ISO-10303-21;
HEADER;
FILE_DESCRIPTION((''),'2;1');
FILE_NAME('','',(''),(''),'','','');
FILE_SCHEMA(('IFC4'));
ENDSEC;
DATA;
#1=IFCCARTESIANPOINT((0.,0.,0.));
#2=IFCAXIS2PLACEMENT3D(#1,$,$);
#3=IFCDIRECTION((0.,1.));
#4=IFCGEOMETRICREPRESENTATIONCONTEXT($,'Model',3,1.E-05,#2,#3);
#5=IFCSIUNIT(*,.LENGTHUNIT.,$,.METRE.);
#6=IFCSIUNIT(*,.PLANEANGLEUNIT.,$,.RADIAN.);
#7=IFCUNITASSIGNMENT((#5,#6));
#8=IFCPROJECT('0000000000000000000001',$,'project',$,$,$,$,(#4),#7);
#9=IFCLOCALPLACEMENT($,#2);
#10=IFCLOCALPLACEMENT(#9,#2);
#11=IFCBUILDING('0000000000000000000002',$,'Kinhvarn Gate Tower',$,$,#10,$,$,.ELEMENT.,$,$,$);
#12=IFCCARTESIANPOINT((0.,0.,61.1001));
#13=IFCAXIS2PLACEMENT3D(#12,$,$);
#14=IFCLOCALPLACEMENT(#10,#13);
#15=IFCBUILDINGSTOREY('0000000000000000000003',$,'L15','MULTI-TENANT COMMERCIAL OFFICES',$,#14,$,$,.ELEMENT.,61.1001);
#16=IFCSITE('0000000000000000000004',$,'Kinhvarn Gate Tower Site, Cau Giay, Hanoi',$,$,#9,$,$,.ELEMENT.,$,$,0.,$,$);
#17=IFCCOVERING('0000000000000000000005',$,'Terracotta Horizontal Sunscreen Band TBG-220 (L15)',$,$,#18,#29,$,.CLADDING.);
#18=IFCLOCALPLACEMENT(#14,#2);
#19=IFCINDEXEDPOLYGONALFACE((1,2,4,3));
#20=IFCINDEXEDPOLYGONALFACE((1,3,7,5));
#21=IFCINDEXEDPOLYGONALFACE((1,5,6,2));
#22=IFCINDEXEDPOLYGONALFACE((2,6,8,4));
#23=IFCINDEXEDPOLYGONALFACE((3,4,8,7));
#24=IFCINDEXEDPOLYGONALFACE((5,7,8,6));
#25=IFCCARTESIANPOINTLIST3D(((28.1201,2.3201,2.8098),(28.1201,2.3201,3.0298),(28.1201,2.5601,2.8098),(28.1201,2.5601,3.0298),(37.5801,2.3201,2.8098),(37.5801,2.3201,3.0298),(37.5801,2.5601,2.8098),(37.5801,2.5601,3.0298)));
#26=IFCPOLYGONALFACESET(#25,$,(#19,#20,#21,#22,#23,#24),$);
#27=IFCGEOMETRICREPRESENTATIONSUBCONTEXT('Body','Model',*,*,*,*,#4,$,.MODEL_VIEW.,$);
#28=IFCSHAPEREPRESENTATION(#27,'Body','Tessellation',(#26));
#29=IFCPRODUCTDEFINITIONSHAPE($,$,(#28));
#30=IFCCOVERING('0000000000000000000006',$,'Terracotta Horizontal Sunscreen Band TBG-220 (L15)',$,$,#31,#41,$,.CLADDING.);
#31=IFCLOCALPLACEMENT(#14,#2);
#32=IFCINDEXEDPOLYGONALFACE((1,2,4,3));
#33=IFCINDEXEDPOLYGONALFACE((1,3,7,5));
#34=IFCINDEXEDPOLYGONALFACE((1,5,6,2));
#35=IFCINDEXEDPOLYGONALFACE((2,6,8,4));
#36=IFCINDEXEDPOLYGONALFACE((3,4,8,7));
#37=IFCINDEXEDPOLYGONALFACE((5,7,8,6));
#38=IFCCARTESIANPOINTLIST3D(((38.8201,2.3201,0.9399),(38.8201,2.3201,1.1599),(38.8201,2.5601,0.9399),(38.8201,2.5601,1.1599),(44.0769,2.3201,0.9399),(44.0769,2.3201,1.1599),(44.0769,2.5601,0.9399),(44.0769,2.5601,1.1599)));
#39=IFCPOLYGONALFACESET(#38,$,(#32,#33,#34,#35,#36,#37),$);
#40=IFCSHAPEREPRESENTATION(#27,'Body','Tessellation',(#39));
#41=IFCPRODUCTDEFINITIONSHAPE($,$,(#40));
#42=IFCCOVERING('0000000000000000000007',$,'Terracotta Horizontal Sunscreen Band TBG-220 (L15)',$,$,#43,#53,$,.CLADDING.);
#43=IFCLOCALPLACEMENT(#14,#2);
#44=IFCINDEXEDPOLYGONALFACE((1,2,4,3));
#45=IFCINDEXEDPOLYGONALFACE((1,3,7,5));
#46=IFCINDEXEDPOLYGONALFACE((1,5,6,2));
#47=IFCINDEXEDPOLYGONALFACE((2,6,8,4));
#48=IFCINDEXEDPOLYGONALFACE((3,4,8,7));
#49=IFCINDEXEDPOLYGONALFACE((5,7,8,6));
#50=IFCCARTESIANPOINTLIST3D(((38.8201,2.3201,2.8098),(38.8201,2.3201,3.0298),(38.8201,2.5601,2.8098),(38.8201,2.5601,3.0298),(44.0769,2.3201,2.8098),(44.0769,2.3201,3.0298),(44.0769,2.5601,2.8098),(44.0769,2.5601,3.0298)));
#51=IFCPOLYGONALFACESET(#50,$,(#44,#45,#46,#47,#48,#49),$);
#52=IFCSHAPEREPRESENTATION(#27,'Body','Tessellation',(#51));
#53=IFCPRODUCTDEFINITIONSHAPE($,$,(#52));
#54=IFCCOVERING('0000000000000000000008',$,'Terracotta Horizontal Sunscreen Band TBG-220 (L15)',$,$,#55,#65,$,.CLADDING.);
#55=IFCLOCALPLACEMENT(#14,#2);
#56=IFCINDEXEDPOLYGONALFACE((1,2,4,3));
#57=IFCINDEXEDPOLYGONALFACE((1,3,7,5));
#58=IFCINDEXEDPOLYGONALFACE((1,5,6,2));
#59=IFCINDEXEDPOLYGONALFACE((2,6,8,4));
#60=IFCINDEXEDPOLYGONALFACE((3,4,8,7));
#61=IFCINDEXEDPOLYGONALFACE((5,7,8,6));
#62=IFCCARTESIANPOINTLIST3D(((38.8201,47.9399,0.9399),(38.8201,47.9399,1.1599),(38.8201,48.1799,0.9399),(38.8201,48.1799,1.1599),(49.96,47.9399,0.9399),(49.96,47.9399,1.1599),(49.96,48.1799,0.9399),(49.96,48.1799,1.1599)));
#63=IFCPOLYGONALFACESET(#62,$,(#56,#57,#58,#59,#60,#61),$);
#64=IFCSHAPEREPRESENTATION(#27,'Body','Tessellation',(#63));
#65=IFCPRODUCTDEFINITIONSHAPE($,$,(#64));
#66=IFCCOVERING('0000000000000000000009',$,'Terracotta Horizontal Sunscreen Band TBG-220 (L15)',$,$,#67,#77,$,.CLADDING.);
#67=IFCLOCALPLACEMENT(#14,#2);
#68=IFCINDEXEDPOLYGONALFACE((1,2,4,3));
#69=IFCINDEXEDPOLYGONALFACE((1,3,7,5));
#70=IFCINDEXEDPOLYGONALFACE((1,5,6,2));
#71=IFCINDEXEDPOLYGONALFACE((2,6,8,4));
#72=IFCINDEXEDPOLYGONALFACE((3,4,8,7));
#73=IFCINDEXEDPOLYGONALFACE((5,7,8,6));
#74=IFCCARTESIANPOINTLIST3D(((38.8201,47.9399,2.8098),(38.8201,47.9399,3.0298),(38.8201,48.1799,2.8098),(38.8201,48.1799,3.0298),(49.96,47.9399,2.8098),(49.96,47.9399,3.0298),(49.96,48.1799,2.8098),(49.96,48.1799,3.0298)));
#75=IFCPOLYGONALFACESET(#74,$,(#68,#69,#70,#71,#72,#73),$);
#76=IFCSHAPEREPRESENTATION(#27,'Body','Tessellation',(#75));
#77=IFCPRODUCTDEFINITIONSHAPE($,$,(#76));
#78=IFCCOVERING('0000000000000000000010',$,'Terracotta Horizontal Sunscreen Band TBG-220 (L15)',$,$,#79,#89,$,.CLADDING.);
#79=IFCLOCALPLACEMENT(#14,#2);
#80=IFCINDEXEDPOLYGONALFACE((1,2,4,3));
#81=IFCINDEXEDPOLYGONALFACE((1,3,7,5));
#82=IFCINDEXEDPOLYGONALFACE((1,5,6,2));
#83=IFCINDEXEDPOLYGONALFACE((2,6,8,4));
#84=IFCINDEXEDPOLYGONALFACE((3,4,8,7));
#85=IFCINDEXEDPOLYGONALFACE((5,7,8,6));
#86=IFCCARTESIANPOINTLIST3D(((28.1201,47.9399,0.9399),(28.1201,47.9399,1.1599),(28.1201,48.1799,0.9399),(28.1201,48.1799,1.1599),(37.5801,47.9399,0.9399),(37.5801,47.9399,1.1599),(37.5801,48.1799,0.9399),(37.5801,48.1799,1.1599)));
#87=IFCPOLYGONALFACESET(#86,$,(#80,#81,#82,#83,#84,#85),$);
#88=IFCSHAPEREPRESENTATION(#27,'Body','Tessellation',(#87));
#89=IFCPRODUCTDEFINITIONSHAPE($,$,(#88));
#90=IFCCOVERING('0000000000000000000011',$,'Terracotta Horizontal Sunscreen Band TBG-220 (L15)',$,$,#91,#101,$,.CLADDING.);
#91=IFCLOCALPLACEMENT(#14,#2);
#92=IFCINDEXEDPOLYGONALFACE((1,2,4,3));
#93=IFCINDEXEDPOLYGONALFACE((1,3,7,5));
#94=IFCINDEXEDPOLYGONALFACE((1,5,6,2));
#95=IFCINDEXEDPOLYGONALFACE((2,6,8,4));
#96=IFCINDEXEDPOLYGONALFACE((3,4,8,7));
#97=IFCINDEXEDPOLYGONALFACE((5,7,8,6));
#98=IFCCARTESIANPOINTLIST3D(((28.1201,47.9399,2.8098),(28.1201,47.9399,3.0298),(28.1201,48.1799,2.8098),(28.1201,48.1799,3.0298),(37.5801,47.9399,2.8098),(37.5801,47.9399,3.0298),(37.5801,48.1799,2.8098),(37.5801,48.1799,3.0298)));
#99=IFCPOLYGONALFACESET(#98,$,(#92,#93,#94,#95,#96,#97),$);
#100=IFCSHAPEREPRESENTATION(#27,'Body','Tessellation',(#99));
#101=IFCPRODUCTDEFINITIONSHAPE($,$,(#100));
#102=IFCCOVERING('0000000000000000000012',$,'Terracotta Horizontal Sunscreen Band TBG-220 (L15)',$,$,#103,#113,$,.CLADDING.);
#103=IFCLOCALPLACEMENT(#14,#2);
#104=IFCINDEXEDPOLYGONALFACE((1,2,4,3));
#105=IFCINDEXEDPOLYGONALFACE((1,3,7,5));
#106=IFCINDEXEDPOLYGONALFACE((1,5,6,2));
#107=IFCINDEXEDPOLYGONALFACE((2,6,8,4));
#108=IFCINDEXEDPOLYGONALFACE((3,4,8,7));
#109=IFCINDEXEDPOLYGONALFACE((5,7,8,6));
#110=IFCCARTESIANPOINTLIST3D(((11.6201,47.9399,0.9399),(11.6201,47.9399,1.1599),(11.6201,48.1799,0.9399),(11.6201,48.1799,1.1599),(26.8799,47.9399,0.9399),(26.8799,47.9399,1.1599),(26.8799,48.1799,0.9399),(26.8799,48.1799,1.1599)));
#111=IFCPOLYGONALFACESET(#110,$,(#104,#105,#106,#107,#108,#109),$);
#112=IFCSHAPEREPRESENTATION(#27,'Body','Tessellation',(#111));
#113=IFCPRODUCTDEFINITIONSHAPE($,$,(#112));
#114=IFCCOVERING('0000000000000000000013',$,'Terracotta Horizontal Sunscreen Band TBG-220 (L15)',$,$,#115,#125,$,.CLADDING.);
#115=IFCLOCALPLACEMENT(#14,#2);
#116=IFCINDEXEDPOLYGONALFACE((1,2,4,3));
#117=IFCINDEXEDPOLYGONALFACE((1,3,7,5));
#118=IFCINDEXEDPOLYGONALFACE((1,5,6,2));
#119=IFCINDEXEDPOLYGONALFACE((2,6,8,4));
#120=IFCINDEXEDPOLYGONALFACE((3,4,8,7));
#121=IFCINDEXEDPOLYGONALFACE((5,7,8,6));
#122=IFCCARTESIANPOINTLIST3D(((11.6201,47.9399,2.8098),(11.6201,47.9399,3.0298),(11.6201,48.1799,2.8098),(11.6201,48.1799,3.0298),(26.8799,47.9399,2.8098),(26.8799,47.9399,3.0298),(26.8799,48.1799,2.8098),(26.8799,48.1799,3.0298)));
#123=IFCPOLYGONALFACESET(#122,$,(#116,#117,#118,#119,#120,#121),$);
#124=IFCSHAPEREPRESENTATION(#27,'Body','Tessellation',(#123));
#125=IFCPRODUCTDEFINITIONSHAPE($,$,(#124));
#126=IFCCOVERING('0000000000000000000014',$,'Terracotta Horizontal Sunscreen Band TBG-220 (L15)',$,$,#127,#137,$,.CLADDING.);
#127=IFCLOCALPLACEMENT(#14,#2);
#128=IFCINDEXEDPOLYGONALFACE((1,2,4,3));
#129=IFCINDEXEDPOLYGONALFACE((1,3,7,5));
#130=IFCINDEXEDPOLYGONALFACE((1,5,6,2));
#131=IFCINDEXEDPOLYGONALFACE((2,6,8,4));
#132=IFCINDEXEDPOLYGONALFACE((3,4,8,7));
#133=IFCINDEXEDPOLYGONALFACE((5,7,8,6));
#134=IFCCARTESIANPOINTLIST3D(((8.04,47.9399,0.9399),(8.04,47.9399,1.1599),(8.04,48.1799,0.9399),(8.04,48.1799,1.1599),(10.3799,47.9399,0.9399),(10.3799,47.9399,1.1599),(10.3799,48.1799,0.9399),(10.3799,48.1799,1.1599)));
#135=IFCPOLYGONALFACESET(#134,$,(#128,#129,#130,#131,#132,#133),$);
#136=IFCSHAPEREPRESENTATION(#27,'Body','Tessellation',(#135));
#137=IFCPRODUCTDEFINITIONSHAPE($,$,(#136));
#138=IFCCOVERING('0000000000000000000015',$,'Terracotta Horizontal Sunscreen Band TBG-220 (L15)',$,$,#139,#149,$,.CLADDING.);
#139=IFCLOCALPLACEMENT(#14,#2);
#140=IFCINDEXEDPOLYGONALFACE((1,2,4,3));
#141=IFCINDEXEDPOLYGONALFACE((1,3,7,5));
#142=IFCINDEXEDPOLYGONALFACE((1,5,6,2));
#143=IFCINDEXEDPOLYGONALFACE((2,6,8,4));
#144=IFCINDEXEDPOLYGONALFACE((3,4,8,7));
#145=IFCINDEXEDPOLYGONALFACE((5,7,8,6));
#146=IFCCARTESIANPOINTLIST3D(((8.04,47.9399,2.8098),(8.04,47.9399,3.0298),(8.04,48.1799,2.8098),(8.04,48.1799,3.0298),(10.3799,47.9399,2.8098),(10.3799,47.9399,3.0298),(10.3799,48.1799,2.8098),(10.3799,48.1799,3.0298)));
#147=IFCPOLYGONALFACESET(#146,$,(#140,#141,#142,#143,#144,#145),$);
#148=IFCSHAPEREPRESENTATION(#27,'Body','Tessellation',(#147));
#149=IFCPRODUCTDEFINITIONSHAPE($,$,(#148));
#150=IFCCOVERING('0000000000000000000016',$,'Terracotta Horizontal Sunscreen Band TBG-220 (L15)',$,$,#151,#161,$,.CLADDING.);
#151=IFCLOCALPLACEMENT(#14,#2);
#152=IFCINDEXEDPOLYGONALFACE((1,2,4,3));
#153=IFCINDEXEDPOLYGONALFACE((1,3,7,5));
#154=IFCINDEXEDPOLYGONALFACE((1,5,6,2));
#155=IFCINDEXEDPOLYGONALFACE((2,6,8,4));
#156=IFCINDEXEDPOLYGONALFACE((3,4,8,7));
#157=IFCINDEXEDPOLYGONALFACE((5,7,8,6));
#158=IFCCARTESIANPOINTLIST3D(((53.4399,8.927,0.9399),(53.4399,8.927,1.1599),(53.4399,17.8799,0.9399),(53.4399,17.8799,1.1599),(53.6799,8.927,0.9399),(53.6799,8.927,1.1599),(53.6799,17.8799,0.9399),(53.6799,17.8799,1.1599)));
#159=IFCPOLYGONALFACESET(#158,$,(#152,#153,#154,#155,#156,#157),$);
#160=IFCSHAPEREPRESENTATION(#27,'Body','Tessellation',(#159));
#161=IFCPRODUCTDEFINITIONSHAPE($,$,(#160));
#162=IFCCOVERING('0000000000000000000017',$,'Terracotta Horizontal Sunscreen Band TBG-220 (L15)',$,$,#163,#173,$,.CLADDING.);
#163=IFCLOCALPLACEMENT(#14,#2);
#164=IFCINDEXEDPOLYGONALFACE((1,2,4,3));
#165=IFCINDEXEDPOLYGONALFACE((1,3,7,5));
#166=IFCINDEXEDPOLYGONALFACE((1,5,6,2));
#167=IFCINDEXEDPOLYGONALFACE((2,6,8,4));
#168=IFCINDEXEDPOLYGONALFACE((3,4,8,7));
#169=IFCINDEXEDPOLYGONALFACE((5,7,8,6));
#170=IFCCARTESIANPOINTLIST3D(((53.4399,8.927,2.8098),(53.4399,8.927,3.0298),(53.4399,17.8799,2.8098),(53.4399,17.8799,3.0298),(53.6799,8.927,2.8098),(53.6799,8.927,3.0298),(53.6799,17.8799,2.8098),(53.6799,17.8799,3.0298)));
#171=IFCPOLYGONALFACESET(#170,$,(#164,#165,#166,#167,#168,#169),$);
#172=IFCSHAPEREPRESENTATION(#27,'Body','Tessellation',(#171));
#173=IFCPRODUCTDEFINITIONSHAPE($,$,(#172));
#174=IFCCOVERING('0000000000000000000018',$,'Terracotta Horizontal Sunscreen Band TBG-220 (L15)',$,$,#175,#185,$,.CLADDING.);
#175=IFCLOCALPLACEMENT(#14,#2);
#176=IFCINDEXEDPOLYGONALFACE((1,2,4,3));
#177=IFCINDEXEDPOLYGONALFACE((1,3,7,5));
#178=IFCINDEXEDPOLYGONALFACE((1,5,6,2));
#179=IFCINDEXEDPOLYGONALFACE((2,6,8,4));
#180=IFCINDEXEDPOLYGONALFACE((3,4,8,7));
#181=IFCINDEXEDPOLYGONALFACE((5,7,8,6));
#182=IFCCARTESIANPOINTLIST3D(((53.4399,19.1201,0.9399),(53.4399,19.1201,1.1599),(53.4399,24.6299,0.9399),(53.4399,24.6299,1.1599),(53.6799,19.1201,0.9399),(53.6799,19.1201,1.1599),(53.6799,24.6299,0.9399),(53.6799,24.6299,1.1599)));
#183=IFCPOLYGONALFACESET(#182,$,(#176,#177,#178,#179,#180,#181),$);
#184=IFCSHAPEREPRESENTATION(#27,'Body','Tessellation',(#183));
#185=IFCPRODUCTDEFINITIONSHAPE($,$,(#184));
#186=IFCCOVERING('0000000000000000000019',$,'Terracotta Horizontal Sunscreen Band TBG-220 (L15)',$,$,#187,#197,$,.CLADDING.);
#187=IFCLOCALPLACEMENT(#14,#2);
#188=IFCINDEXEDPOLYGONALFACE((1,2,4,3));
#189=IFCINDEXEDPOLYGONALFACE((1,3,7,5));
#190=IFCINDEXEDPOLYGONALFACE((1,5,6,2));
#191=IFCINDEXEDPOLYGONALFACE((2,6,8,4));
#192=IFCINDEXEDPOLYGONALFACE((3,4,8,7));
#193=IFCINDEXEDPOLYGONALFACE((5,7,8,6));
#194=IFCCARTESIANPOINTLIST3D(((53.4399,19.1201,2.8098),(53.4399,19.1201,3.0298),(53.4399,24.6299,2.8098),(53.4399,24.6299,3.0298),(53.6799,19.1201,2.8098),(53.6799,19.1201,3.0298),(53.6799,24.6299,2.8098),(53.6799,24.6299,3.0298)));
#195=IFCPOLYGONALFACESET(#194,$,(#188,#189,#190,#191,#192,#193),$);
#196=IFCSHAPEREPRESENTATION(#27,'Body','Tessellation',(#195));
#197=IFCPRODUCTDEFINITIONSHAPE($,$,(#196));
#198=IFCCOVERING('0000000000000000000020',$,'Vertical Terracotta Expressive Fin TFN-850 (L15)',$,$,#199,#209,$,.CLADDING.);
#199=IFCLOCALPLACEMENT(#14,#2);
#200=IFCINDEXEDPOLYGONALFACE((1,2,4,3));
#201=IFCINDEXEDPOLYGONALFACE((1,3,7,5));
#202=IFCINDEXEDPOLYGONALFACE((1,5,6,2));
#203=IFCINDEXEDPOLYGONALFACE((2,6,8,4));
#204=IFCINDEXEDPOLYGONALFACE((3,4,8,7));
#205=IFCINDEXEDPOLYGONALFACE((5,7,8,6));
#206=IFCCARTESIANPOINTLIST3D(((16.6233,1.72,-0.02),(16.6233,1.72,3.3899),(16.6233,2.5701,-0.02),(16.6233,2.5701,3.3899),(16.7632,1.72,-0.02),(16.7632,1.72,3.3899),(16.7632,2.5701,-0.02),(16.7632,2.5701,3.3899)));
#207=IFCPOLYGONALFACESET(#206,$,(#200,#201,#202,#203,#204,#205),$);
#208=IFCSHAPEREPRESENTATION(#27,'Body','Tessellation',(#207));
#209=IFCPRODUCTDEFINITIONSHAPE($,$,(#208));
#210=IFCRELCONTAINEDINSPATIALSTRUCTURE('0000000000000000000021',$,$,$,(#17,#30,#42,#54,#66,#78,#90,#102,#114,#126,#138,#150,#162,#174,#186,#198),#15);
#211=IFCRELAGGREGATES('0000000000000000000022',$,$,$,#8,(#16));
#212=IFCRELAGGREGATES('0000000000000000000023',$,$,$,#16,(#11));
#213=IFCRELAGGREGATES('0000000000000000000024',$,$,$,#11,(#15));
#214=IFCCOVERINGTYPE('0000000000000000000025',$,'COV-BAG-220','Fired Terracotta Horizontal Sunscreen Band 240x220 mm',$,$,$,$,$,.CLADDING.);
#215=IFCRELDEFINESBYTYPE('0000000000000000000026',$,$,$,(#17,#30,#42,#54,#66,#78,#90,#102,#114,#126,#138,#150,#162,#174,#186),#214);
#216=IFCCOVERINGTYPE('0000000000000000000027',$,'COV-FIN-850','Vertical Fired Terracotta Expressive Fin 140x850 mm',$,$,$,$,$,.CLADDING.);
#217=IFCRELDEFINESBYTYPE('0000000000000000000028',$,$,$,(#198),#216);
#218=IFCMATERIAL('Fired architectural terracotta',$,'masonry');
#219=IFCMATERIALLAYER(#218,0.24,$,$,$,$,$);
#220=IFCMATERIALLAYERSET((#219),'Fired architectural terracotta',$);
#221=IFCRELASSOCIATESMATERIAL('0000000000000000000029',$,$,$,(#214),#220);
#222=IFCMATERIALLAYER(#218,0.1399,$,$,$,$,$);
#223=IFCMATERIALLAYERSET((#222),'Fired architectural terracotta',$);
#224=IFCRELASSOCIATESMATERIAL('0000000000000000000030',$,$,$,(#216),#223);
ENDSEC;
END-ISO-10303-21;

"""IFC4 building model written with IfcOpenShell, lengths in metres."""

from ifc_helpers import new_model, si_unit, direction, frame, origin, place, context, subcontext, project, spatial, polyline, outline, extrude, material, layer, layer_set, type_object, element, save


model = new_model("IFC4")

# Units and contexts
model_context = context("Model", 3, precision=1e-05, world=origin(), true_north=direction((0.0, 1.0)))
body_context = subcontext(model_context, "Body", "Model", "MODEL_VIEW")
ifc_project = project(units=[si_unit("LENGTHUNIT", "METRE"), si_unit("PLANEANGLEUNIT", "RADIAN")], contexts=[model_context])

# Site, building, storey
site_placement = place(None, origin())
site = spatial("IfcSite", under=ifc_project, at=site_placement, Name="Kinhvarn Gate Tower Site, Cau Giay, Hanoi", CompositionType="ELEMENT", RefElevation=0.0)
building_placement = place(site_placement, origin())
building = spatial("IfcBuilding", under=site, at=building_placement, Name="Kinhvarn Gate Tower", CompositionType="ELEMENT")
storey_placement = place(building_placement, frame((0.0, 0.0, 61.1001)))
storey = spatial("IfcBuildingStorey", under=building, at=storey_placement, Name="L15", Description="MULTI-TENANT COMMERCIAL OFFICES", CompositionType="ELEMENT", Elevation=61.1001)

# Coverings
ifc_material_1 = material(Name="Fired architectural terracotta", Category="masonry")
ifc_layer_1 = layer(ifc_material_1, 0.24)
ifc_layer_set_1 = layer_set([ifc_layer_1], Name="Fired architectural terracotta")
covering_type_1 = type_object("IfcCoveringType", Name="COV-BAG-220", Description="Fired Terracotta Horizontal Sunscreen Band 240x220 mm", PredefinedType="CLADDING", material=ifc_layer_set_1)
for number, where, name in (
    (1, (0.0, 0.0, 2.8098), "Terracotta Horizontal Sunscreen Band TBG-220 (L15)"),
):
    element("IfcCovering", number, at=place(storey_placement, frame(where)), inside=storey, type_object=covering_type_1, Name=name, PredefinedType="CLADDING", context=body_context, shape_type="SweptSolid", body=[
        extrude(outline(polyline([(28.1201, 2.5601), (37.5801, 2.5601), (37.5801, 2.3201), (28.1201, 2.3201), (28.1201, 2.5601)])), origin(), (0.0, 0.0, 1.0), 0.22),
    ])
for number, where, name in (
    (2, (0.0, 0.0, 0.9399), "Terracotta Horizontal Sunscreen Band TBG-220 (L15)"),
    (3, (0.0, 0.0, 2.8098), "Terracotta Horizontal Sunscreen Band TBG-220 (L15)"),
):
    element("IfcCovering", number, at=place(storey_placement, frame(where)), inside=storey, type_object=covering_type_1, Name=name, PredefinedType="CLADDING", context=body_context, shape_type="SweptSolid", body=[
        extrude(outline(polyline([(38.8201, 2.5601), (44.0769, 2.5601), (44.0769, 2.3201), (38.8201, 2.3201), (38.8201, 2.5601)])), origin(), (0.0, 0.0, 1.0), 0.22),
    ])
for number, where, name in (
    (4, (0.0, 0.0, 0.9399), "Terracotta Horizontal Sunscreen Band TBG-220 (L15)"),
    (5, (0.0, 0.0, 2.8098), "Terracotta Horizontal Sunscreen Band TBG-220 (L15)"),
):
    element("IfcCovering", number, at=place(storey_placement, frame(where)), inside=storey, type_object=covering_type_1, Name=name, PredefinedType="CLADDING", context=body_context, shape_type="SweptSolid", body=[
        extrude(outline(polyline([(49.96, 47.9399), (38.8201, 47.9399), (38.8201, 48.1799), (49.96, 48.1799), (49.96, 47.9399)])), origin(), (0.0, 0.0, 1.0), 0.22),
    ])
for number, where, name in (
    (6, (0.0, 0.0, 0.9399), "Terracotta Horizontal Sunscreen Band TBG-220 (L15)"),
    (7, (0.0, 0.0, 2.8098), "Terracotta Horizontal Sunscreen Band TBG-220 (L15)"),
):
    element("IfcCovering", number, at=place(storey_placement, frame(where)), inside=storey, type_object=covering_type_1, Name=name, PredefinedType="CLADDING", context=body_context, shape_type="SweptSolid", body=[
        extrude(outline(polyline([(37.5801, 47.9399), (28.1201, 47.9399), (28.1201, 48.1799), (37.5801, 48.1799), (37.5801, 47.9399)])), origin(), (0.0, 0.0, 1.0), 0.22),
    ])
for number, where, name in (
    (8, (0.0, 0.0, 0.9399), "Terracotta Horizontal Sunscreen Band TBG-220 (L15)"),
    (9, (0.0, 0.0, 2.8098), "Terracotta Horizontal Sunscreen Band TBG-220 (L15)"),
):
    element("IfcCovering", number, at=place(storey_placement, frame(where)), inside=storey, type_object=covering_type_1, Name=name, PredefinedType="CLADDING", context=body_context, shape_type="SweptSolid", body=[
        extrude(outline(polyline([(26.8799, 47.9399), (11.6201, 47.9399), (11.6201, 48.1799), (26.8799, 48.1799), (26.8799, 47.9399)])), origin(), (0.0, 0.0, 1.0), 0.22),
    ])
for number, where, name in (
    (10, (0.0, 0.0, 0.9399), "Terracotta Horizontal Sunscreen Band TBG-220 (L15)"),
    (11, (0.0, 0.0, 2.8098), "Terracotta Horizontal Sunscreen Band TBG-220 (L15)"),
):
    element("IfcCovering", number, at=place(storey_placement, frame(where)), inside=storey, type_object=covering_type_1, Name=name, PredefinedType="CLADDING", context=body_context, shape_type="SweptSolid", body=[
        extrude(outline(polyline([(10.3799, 47.9399), (8.04, 47.9399), (8.04, 48.1799), (10.3799, 48.1799), (10.3799, 47.9399)])), origin(), (0.0, 0.0, 1.0), 0.22),
    ])
for number, where, name in (
    (12, (0.0, 0.0, 0.9399), "Terracotta Horizontal Sunscreen Band TBG-220 (L15)"),
    (13, (0.0, 0.0, 2.8098), "Terracotta Horizontal Sunscreen Band TBG-220 (L15)"),
):
    element("IfcCovering", number, at=place(storey_placement, frame(where)), inside=storey, type_object=covering_type_1, Name=name, PredefinedType="CLADDING", context=body_context, shape_type="SweptSolid", body=[
        extrude(outline(polyline([(53.4399, 8.927), (53.4399, 17.8799), (53.6799, 17.8799), (53.6799, 8.927), (53.4399, 8.927)])), origin(), (0.0, 0.0, 1.0), 0.22),
    ])
for number, where, name in (
    (14, (0.0, 0.0, 0.9399), "Terracotta Horizontal Sunscreen Band TBG-220 (L15)"),
    (15, (0.0, 0.0, 2.8098), "Terracotta Horizontal Sunscreen Band TBG-220 (L15)"),
):
    element("IfcCovering", number, at=place(storey_placement, frame(where)), inside=storey, type_object=covering_type_1, Name=name, PredefinedType="CLADDING", context=body_context, shape_type="SweptSolid", body=[
        extrude(outline(polyline([(53.4399, 19.1201), (53.4399, 24.6299), (53.6799, 24.6299), (53.6799, 19.1201), (53.4399, 19.1201)])), origin(), (0.0, 0.0, 1.0), 0.22),
    ])
ifc_layer_2 = layer(ifc_material_1, 0.1399)
ifc_layer_set_2 = layer_set([ifc_layer_2], Name="Fired architectural terracotta")
covering_type_2 = type_object("IfcCoveringType", Name="COV-FIN-850", Description="Vertical Fired Terracotta Expressive Fin 140x850 mm", PredefinedType="CLADDING", material=ifc_layer_set_2)
covering_1_placement = place(storey_placement, frame((0.0, 0.0, -0.02)))
element("IfcCovering", 16, at=covering_1_placement, inside=storey, type_object=covering_type_2, Name="Vertical Terracotta Expressive Fin TFN-850 (L15)", PredefinedType="CLADDING", context=body_context, shape_type="SweptSolid", body=[
    extrude(outline(polyline([(16.6233, 2.5701), (16.7632, 2.5701), (16.7632, 1.72), (16.6233, 1.72), (16.6233, 2.5701)])), origin(), (0.0, 0.0, 1.0), 3.4099),
])

save(model, "model.ifc")
